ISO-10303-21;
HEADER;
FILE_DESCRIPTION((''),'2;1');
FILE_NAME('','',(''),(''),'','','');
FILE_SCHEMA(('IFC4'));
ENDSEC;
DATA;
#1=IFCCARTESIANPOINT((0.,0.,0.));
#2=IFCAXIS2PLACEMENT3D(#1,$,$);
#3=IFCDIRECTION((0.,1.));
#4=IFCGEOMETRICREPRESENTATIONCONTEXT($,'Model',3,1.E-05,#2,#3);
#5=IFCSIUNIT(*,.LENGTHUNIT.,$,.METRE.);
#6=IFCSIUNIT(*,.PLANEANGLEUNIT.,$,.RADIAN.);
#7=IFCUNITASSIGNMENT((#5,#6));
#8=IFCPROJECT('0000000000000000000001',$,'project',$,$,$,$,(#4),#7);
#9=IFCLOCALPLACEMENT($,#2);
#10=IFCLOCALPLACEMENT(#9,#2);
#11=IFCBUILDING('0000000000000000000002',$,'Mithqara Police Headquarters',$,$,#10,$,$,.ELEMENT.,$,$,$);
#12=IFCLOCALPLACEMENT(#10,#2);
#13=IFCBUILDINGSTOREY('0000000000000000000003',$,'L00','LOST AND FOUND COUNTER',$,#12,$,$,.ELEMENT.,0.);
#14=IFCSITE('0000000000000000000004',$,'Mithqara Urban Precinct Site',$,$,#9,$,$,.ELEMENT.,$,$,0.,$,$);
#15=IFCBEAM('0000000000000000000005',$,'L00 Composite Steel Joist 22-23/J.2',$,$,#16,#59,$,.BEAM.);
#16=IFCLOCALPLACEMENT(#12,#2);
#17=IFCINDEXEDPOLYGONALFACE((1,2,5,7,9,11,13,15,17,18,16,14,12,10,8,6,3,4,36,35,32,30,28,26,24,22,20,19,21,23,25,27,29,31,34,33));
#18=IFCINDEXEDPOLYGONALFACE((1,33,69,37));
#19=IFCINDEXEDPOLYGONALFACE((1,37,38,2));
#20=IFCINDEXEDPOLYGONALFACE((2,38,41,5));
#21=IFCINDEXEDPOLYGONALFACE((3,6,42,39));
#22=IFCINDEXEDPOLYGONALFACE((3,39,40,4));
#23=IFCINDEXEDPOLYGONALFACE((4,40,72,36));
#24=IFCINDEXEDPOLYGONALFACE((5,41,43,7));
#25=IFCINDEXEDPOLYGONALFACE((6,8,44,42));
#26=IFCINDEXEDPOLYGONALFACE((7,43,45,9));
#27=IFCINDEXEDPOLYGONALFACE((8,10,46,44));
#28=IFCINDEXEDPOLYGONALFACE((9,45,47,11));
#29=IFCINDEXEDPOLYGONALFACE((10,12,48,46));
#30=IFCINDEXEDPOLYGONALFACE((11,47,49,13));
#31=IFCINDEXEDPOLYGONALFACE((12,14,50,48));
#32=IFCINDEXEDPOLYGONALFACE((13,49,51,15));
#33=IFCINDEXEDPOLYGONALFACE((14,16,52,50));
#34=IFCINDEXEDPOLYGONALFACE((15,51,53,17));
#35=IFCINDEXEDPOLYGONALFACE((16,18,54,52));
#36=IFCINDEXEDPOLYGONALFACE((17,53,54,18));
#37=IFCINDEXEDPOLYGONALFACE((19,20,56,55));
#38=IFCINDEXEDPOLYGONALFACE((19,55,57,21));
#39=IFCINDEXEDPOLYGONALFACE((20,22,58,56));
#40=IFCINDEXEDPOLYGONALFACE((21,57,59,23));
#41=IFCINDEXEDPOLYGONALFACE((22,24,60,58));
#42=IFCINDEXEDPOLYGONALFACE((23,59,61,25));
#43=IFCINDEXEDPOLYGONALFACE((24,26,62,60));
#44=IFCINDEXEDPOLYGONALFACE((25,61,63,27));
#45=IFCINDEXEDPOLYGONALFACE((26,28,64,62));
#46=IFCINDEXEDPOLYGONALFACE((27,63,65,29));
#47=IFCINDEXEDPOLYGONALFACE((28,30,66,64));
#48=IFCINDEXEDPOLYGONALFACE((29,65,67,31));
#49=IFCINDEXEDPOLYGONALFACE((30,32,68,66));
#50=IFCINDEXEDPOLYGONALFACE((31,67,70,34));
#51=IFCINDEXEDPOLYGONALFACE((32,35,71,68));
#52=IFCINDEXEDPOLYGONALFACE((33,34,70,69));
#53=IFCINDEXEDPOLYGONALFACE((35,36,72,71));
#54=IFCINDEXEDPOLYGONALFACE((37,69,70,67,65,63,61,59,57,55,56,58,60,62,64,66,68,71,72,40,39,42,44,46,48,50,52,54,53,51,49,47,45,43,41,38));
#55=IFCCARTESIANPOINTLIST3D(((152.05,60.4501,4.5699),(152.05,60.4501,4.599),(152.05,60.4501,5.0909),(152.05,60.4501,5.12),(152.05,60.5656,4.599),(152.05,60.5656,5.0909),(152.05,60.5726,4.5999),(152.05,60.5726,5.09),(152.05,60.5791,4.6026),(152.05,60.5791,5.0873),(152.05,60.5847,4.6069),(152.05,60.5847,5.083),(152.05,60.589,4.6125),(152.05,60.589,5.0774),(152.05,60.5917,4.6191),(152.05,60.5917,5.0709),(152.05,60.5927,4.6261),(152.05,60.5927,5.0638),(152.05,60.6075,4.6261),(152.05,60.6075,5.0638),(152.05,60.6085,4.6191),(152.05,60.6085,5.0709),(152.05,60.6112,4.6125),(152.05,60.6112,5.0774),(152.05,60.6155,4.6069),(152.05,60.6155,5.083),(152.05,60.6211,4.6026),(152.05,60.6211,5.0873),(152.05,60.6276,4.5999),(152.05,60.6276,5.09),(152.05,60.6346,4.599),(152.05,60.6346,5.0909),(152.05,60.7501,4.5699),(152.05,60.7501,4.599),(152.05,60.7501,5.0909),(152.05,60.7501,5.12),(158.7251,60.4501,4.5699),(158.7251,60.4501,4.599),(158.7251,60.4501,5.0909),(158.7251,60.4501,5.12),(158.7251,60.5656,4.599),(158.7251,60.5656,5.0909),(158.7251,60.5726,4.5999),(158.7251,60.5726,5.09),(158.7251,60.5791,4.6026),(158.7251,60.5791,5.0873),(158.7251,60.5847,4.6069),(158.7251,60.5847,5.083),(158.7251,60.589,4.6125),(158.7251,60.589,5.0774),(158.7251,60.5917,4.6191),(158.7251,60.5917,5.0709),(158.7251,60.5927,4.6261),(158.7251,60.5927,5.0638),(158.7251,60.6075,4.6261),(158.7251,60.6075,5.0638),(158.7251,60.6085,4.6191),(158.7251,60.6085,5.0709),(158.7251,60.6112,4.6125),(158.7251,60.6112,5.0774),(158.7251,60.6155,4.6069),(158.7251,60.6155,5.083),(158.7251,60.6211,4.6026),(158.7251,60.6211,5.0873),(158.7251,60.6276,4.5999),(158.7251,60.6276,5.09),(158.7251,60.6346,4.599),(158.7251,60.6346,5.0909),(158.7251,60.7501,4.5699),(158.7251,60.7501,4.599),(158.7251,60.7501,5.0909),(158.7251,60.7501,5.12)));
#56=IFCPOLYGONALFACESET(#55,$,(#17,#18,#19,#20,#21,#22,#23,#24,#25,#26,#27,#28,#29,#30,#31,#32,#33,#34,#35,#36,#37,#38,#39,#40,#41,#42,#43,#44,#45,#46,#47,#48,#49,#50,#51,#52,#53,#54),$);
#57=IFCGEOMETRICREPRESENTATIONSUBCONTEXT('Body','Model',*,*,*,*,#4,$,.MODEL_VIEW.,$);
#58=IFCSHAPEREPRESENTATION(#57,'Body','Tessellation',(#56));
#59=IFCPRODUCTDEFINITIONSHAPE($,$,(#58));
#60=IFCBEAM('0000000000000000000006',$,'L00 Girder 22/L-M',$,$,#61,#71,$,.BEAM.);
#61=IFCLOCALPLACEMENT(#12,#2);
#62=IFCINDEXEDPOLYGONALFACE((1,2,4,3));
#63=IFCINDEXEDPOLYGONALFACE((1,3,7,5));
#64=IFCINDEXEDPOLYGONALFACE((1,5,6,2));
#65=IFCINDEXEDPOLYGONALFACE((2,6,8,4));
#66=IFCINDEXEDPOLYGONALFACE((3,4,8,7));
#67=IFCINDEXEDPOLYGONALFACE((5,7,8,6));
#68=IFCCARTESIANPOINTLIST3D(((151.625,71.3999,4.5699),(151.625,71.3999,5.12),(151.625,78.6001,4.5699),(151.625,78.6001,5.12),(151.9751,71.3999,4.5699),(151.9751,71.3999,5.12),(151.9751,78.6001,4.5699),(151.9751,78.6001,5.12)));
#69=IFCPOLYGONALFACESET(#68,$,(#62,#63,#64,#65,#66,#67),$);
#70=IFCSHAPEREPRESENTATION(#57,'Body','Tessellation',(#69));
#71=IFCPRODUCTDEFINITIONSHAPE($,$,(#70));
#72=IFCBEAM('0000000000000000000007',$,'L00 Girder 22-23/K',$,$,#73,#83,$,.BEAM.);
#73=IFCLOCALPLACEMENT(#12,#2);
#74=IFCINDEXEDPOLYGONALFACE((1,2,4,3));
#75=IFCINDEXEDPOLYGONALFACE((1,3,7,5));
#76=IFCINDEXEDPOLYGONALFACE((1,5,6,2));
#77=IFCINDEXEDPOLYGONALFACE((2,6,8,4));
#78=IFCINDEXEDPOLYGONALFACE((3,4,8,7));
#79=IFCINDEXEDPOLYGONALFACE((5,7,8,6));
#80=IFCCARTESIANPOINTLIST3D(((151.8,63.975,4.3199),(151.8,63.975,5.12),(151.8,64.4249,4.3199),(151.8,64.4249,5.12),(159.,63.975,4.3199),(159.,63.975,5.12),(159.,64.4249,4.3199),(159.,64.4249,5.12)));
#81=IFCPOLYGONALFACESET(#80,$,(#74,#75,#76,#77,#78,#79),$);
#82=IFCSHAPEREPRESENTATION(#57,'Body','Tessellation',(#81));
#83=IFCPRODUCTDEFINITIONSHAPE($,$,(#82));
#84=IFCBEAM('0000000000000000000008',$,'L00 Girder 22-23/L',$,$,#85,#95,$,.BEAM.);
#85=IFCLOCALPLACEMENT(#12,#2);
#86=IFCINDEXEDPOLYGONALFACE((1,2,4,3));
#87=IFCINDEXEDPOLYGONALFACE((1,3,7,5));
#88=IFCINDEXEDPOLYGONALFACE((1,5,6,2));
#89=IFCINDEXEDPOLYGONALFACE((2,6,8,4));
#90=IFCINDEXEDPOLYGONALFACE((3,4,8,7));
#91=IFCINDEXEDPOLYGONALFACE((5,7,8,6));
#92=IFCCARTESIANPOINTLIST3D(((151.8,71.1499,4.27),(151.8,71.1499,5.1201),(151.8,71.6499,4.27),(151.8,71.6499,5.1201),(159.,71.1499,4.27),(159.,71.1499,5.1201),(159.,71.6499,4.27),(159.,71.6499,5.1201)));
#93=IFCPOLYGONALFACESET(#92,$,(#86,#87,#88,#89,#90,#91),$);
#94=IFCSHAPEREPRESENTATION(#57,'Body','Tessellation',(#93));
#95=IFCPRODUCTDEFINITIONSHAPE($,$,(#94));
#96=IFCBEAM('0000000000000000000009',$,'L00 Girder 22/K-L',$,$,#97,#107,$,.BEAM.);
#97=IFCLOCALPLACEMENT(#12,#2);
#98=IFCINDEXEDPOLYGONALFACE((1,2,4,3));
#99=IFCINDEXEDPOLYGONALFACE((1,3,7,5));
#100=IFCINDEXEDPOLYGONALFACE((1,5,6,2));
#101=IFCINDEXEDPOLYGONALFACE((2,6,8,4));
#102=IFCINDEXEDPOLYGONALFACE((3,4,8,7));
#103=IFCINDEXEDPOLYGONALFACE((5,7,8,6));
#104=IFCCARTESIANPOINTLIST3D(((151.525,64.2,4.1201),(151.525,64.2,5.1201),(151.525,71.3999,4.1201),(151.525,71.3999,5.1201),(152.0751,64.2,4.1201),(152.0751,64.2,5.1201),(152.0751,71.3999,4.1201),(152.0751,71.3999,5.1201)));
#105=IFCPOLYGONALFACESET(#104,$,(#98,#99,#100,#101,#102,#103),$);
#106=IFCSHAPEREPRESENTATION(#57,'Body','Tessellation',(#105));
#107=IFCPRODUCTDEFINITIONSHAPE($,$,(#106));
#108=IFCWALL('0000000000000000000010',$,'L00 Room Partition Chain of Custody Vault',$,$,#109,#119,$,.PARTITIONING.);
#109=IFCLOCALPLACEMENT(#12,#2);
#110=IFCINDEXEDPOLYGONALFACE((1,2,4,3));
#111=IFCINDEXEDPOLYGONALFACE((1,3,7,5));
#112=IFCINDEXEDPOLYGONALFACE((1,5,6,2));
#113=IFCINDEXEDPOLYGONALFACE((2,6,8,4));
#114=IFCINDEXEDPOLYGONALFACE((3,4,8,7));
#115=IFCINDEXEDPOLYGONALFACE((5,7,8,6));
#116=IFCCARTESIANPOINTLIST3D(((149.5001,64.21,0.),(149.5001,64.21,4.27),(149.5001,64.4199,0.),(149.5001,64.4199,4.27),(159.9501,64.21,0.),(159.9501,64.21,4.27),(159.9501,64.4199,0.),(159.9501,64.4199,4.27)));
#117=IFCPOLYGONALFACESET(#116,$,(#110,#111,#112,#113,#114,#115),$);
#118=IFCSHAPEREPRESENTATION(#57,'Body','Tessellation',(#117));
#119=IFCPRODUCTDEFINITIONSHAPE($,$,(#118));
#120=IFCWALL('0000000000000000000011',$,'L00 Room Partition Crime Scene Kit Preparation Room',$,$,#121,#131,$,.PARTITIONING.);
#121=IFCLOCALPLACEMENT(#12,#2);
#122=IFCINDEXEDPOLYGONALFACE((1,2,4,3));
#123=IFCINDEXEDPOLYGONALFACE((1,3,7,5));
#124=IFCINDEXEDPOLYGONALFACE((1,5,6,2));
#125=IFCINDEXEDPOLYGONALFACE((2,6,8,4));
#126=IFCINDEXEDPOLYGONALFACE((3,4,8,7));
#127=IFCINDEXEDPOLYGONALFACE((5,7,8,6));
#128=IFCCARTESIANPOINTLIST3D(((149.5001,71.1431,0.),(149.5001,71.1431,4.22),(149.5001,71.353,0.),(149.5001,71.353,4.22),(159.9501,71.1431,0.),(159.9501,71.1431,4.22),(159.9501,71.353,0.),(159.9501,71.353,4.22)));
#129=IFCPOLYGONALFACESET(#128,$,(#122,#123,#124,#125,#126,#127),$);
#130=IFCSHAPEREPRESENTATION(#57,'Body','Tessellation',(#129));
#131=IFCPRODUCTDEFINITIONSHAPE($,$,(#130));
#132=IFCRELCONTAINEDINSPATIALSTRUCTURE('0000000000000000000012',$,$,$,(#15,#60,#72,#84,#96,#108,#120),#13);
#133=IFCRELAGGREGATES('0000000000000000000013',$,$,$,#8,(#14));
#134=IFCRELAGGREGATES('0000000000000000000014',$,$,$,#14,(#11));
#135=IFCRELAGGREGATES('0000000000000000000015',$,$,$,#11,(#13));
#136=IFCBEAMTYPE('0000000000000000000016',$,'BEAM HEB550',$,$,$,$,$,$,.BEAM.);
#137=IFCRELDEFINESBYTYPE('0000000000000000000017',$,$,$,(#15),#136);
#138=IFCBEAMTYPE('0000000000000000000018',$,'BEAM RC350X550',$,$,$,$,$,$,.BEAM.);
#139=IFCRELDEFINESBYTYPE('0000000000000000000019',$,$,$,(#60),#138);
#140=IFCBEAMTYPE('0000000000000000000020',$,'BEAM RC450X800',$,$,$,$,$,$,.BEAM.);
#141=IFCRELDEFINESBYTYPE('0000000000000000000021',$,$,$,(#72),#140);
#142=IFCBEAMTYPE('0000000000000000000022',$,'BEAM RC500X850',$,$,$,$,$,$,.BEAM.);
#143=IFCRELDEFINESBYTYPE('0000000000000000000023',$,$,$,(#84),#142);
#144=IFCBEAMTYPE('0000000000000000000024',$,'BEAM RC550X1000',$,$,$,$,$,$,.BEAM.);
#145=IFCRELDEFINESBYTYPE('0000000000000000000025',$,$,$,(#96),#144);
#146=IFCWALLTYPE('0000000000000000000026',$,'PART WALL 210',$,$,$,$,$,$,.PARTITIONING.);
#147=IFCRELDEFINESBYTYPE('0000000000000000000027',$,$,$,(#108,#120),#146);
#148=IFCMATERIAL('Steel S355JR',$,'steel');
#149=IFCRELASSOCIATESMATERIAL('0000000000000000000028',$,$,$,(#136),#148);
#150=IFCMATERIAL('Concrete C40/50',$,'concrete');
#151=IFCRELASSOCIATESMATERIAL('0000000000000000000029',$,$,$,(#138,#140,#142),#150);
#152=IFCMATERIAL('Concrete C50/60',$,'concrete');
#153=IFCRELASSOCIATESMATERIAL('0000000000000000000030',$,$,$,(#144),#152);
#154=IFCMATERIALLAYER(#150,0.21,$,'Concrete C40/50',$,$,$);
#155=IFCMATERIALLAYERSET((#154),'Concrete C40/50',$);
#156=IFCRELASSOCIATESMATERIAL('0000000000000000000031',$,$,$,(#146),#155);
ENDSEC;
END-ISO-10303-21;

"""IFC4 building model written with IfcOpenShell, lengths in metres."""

from ifc_helpers import new_model, si_unit, direction, frame, frame_2d, origin, origin_2d, place, context, subcontext, project, spatial, rectangle, i_section, extrude, material, layer, layer_set, material_profile, profile_set, type_object, element, save


model = new_model("IFC4")

# Units and contexts
model_context = context("Model", 3, precision=1e-05, world=origin(), true_north=direction((0.0, 1.0)))
body_context = subcontext(model_context, "Body", "Model", "MODEL_VIEW")
ifc_project = project(units=[si_unit("LENGTHUNIT", "METRE"), si_unit("PLANEANGLEUNIT", "RADIAN")], contexts=[model_context])

# Site, building, storey
site_placement = place(None, origin())
site = spatial("IfcSite", under=ifc_project, at=site_placement, Name="Mithqara Urban Precinct Site", CompositionType="ELEMENT", RefElevation=0.0)
building_placement = place(site_placement, origin())
building = spatial("IfcBuilding", under=site, at=building_placement, Name="Mithqara Police Headquarters", CompositionType="ELEMENT")
storey_placement = place(building_placement, origin())
storey = spatial("IfcBuildingStorey", under=building, at=storey_placement, Name="L00", Description="LOST AND FOUND COUNTER", CompositionType="ELEMENT", Elevation=0.0)

# Shared definitions
ifc_material_1 = material(Name="Concrete C50/60", Category="concrete")

# Beams
ifc_material_2 = material(Name="Steel S355JR", Category="steel")
ifc_material_profile_1 = material_profile(ifc_material_2, i_section(OverallWidth=0.3, OverallDepth=0.55, WebThickness=0.0149, FlangeThickness=0.0291, FilletRadius=0.0271, at=origin_2d()), Name="HEB 550")
ifc_profile_set_1 = profile_set([ifc_material_profile_1], Name="Steel S355JR")
beam_type_1 = type_object("IfcBeamType", Name="BEAM HEB550", PredefinedType="BEAM", material=ifc_profile_set_1)
beam_1_placement = place(storey_placement, frame((152.05, 60.6001, 4.845), z_axis=(1.0, 0.0, 0.0), x_axis=(0.0, 1.0, 0.0)))
element("IfcBeam", 1, at=beam_1_placement, inside=storey, type_object=beam_type_1, Name="L00 Composite Steel Joist 22-23/J.2", PredefinedType="BEAM", context=body_context, shape_type="SweptSolid", body=[
    extrude(i_section(OverallWidth=0.3, OverallDepth=0.55, WebThickness=0.0149, FlangeThickness=0.0291, FilletRadius=0.0271, at=origin_2d()), origin(), (0.0, 0.0, 1.0), 6.675),
])
ifc_material_3 = material(Name="Concrete C40/50", Category="concrete")
ifc_material_profile_2 = material_profile(ifc_material_3, rectangle(XDim=0.3501, YDim=0.55, at=origin_2d()), Name="RC 350x550")
ifc_profile_set_2 = profile_set([ifc_material_profile_2], Name="Concrete C40/50")
beam_type_2 = type_object("IfcBeamType", Name="BEAM RC350X550", PredefinedType="BEAM", material=ifc_profile_set_2)
beam_2_placement = place(storey_placement, frame((151.8, 71.3999, 4.845), z_axis=(0.0, 1.0, 0.0), x_axis=(-1.0, 0.0, 0.0)))
element("IfcBeam", 2, at=beam_2_placement, inside=storey, type_object=beam_type_2, Name="L00 Girder 22/L-M", PredefinedType="BEAM", context=body_context, shape_type="SweptSolid", body=[
    extrude(rectangle(XDim=0.3501, YDim=0.55, at=origin_2d()), origin(), (0.0, 0.0, 1.0), 7.2002),
])
ifc_material_profile_3 = material_profile(ifc_material_3, rectangle(XDim=0.45, YDim=0.8, at=origin_2d()), Name="RC 450x800")
ifc_profile_set_3 = profile_set([ifc_material_profile_3], Name="Concrete C40/50")
beam_type_3 = type_object("IfcBeamType", Name="BEAM RC450X800", PredefinedType="BEAM", material=ifc_profile_set_3)
beam_3_placement = place(storey_placement, frame((151.8, 64.2, 4.72), z_axis=(1.0, 0.0, 0.0), x_axis=(0.0, 1.0, 0.0)))
element("IfcBeam", 3, at=beam_3_placement, inside=storey, type_object=beam_type_3, Name="L00 Girder 22-23/K", PredefinedType="BEAM", context=body_context, shape_type="SweptSolid", body=[
    extrude(rectangle(XDim=0.45, YDim=0.8, at=origin_2d()), origin(), (0.0, 0.0, 1.0), 7.2),
])
ifc_material_profile_4 = material_profile(ifc_material_3, rectangle(XDim=0.5, YDim=0.8501, at=origin_2d()), Name="RC 500x850")
ifc_profile_set_4 = profile_set([ifc_material_profile_4], Name="Concrete C40/50")
beam_type_4 = type_object("IfcBeamType", Name="BEAM RC500X850", PredefinedType="BEAM", material=ifc_profile_set_4)
beam_4_placement = place(storey_placement, frame((151.8, 71.3999, 4.6951), z_axis=(1.0, 0.0, 0.0), x_axis=(0.0, 1.0, 0.0)))
element("IfcBeam", 4, at=beam_4_placement, inside=storey, type_object=beam_type_4, Name="L00 Girder 22-23/L", PredefinedType="BEAM", context=body_context, shape_type="SweptSolid", body=[
    extrude(rectangle(XDim=0.5, YDim=0.8501, at=origin_2d()), origin(), (0.0, 0.0, 1.0), 7.2),
])
ifc_material_profile_5 = material_profile(ifc_material_1, rectangle(XDim=0.55, YDim=1.0, at=origin_2d()), Name="RC 550x1000")
ifc_profile_set_5 = profile_set([ifc_material_profile_5], Name="Concrete C50/60")
beam_type_5 = type_object("IfcBeamType", Name="BEAM RC550X1000", PredefinedType="BEAM", material=ifc_profile_set_5)
beam_5_placement = place(storey_placement, frame((151.8, 64.2, 4.6201), z_axis=(0.0, 1.0, 0.0), x_axis=(-1.0, 0.0, 0.0)))
element("IfcBeam", 5, at=beam_5_placement, inside=storey, type_object=beam_type_5, Name="L00 Girder 22/K-L", PredefinedType="BEAM", context=body_context, shape_type="SweptSolid", body=[
    extrude(rectangle(XDim=0.55, YDim=1.0, at=origin_2d()), origin(), (0.0, 0.0, 1.0), 7.2),
])

# Walls
ifc_layer = layer(ifc_material_3, 0.21, Name="Concrete C40/50")
ifc_layer_set = layer_set([ifc_layer], Name="Concrete C40/50")
wall_type = type_object("IfcWallType", Name="PART WALL 210", PredefinedType="PARTITIONING", material=ifc_layer_set)
wall_1_placement = place(storey_placement, frame((149.5, 64.3149, 0.0), z_axis=(0.0, 0.0, 1.0), x_axis=(1.0, 0.0, 0.0)))
element("IfcWall", 6, at=wall_1_placement, inside=storey, type_object=wall_type, Name="L00 Room Partition Chain of Custody Vault", PredefinedType="PARTITIONING", context=body_context, shape_type="SweptSolid", body=[
    extrude(rectangle(XDim=10.45, YDim=0.21, at=frame_2d((5.2251, 0.0))), origin(), (0.0, 0.0, 1.0), 4.27),
])
wall_2_placement = place(storey_placement, frame((149.5, 71.248, 0.0), z_axis=(0.0, 0.0, 1.0), x_axis=(1.0, 0.0, 0.0)))
element("IfcWall", 7, at=wall_2_placement, inside=storey, type_object=wall_type, Name="L00 Room Partition Crime Scene Kit Preparation Room", PredefinedType="PARTITIONING", context=body_context, shape_type="SweptSolid", body=[
    extrude(rectangle(XDim=10.45, YDim=0.21, at=frame_2d((5.2251, 0.0))), origin(), (0.0, 0.0, 1.0), 4.22),
])

save(model, "model.ifc")
